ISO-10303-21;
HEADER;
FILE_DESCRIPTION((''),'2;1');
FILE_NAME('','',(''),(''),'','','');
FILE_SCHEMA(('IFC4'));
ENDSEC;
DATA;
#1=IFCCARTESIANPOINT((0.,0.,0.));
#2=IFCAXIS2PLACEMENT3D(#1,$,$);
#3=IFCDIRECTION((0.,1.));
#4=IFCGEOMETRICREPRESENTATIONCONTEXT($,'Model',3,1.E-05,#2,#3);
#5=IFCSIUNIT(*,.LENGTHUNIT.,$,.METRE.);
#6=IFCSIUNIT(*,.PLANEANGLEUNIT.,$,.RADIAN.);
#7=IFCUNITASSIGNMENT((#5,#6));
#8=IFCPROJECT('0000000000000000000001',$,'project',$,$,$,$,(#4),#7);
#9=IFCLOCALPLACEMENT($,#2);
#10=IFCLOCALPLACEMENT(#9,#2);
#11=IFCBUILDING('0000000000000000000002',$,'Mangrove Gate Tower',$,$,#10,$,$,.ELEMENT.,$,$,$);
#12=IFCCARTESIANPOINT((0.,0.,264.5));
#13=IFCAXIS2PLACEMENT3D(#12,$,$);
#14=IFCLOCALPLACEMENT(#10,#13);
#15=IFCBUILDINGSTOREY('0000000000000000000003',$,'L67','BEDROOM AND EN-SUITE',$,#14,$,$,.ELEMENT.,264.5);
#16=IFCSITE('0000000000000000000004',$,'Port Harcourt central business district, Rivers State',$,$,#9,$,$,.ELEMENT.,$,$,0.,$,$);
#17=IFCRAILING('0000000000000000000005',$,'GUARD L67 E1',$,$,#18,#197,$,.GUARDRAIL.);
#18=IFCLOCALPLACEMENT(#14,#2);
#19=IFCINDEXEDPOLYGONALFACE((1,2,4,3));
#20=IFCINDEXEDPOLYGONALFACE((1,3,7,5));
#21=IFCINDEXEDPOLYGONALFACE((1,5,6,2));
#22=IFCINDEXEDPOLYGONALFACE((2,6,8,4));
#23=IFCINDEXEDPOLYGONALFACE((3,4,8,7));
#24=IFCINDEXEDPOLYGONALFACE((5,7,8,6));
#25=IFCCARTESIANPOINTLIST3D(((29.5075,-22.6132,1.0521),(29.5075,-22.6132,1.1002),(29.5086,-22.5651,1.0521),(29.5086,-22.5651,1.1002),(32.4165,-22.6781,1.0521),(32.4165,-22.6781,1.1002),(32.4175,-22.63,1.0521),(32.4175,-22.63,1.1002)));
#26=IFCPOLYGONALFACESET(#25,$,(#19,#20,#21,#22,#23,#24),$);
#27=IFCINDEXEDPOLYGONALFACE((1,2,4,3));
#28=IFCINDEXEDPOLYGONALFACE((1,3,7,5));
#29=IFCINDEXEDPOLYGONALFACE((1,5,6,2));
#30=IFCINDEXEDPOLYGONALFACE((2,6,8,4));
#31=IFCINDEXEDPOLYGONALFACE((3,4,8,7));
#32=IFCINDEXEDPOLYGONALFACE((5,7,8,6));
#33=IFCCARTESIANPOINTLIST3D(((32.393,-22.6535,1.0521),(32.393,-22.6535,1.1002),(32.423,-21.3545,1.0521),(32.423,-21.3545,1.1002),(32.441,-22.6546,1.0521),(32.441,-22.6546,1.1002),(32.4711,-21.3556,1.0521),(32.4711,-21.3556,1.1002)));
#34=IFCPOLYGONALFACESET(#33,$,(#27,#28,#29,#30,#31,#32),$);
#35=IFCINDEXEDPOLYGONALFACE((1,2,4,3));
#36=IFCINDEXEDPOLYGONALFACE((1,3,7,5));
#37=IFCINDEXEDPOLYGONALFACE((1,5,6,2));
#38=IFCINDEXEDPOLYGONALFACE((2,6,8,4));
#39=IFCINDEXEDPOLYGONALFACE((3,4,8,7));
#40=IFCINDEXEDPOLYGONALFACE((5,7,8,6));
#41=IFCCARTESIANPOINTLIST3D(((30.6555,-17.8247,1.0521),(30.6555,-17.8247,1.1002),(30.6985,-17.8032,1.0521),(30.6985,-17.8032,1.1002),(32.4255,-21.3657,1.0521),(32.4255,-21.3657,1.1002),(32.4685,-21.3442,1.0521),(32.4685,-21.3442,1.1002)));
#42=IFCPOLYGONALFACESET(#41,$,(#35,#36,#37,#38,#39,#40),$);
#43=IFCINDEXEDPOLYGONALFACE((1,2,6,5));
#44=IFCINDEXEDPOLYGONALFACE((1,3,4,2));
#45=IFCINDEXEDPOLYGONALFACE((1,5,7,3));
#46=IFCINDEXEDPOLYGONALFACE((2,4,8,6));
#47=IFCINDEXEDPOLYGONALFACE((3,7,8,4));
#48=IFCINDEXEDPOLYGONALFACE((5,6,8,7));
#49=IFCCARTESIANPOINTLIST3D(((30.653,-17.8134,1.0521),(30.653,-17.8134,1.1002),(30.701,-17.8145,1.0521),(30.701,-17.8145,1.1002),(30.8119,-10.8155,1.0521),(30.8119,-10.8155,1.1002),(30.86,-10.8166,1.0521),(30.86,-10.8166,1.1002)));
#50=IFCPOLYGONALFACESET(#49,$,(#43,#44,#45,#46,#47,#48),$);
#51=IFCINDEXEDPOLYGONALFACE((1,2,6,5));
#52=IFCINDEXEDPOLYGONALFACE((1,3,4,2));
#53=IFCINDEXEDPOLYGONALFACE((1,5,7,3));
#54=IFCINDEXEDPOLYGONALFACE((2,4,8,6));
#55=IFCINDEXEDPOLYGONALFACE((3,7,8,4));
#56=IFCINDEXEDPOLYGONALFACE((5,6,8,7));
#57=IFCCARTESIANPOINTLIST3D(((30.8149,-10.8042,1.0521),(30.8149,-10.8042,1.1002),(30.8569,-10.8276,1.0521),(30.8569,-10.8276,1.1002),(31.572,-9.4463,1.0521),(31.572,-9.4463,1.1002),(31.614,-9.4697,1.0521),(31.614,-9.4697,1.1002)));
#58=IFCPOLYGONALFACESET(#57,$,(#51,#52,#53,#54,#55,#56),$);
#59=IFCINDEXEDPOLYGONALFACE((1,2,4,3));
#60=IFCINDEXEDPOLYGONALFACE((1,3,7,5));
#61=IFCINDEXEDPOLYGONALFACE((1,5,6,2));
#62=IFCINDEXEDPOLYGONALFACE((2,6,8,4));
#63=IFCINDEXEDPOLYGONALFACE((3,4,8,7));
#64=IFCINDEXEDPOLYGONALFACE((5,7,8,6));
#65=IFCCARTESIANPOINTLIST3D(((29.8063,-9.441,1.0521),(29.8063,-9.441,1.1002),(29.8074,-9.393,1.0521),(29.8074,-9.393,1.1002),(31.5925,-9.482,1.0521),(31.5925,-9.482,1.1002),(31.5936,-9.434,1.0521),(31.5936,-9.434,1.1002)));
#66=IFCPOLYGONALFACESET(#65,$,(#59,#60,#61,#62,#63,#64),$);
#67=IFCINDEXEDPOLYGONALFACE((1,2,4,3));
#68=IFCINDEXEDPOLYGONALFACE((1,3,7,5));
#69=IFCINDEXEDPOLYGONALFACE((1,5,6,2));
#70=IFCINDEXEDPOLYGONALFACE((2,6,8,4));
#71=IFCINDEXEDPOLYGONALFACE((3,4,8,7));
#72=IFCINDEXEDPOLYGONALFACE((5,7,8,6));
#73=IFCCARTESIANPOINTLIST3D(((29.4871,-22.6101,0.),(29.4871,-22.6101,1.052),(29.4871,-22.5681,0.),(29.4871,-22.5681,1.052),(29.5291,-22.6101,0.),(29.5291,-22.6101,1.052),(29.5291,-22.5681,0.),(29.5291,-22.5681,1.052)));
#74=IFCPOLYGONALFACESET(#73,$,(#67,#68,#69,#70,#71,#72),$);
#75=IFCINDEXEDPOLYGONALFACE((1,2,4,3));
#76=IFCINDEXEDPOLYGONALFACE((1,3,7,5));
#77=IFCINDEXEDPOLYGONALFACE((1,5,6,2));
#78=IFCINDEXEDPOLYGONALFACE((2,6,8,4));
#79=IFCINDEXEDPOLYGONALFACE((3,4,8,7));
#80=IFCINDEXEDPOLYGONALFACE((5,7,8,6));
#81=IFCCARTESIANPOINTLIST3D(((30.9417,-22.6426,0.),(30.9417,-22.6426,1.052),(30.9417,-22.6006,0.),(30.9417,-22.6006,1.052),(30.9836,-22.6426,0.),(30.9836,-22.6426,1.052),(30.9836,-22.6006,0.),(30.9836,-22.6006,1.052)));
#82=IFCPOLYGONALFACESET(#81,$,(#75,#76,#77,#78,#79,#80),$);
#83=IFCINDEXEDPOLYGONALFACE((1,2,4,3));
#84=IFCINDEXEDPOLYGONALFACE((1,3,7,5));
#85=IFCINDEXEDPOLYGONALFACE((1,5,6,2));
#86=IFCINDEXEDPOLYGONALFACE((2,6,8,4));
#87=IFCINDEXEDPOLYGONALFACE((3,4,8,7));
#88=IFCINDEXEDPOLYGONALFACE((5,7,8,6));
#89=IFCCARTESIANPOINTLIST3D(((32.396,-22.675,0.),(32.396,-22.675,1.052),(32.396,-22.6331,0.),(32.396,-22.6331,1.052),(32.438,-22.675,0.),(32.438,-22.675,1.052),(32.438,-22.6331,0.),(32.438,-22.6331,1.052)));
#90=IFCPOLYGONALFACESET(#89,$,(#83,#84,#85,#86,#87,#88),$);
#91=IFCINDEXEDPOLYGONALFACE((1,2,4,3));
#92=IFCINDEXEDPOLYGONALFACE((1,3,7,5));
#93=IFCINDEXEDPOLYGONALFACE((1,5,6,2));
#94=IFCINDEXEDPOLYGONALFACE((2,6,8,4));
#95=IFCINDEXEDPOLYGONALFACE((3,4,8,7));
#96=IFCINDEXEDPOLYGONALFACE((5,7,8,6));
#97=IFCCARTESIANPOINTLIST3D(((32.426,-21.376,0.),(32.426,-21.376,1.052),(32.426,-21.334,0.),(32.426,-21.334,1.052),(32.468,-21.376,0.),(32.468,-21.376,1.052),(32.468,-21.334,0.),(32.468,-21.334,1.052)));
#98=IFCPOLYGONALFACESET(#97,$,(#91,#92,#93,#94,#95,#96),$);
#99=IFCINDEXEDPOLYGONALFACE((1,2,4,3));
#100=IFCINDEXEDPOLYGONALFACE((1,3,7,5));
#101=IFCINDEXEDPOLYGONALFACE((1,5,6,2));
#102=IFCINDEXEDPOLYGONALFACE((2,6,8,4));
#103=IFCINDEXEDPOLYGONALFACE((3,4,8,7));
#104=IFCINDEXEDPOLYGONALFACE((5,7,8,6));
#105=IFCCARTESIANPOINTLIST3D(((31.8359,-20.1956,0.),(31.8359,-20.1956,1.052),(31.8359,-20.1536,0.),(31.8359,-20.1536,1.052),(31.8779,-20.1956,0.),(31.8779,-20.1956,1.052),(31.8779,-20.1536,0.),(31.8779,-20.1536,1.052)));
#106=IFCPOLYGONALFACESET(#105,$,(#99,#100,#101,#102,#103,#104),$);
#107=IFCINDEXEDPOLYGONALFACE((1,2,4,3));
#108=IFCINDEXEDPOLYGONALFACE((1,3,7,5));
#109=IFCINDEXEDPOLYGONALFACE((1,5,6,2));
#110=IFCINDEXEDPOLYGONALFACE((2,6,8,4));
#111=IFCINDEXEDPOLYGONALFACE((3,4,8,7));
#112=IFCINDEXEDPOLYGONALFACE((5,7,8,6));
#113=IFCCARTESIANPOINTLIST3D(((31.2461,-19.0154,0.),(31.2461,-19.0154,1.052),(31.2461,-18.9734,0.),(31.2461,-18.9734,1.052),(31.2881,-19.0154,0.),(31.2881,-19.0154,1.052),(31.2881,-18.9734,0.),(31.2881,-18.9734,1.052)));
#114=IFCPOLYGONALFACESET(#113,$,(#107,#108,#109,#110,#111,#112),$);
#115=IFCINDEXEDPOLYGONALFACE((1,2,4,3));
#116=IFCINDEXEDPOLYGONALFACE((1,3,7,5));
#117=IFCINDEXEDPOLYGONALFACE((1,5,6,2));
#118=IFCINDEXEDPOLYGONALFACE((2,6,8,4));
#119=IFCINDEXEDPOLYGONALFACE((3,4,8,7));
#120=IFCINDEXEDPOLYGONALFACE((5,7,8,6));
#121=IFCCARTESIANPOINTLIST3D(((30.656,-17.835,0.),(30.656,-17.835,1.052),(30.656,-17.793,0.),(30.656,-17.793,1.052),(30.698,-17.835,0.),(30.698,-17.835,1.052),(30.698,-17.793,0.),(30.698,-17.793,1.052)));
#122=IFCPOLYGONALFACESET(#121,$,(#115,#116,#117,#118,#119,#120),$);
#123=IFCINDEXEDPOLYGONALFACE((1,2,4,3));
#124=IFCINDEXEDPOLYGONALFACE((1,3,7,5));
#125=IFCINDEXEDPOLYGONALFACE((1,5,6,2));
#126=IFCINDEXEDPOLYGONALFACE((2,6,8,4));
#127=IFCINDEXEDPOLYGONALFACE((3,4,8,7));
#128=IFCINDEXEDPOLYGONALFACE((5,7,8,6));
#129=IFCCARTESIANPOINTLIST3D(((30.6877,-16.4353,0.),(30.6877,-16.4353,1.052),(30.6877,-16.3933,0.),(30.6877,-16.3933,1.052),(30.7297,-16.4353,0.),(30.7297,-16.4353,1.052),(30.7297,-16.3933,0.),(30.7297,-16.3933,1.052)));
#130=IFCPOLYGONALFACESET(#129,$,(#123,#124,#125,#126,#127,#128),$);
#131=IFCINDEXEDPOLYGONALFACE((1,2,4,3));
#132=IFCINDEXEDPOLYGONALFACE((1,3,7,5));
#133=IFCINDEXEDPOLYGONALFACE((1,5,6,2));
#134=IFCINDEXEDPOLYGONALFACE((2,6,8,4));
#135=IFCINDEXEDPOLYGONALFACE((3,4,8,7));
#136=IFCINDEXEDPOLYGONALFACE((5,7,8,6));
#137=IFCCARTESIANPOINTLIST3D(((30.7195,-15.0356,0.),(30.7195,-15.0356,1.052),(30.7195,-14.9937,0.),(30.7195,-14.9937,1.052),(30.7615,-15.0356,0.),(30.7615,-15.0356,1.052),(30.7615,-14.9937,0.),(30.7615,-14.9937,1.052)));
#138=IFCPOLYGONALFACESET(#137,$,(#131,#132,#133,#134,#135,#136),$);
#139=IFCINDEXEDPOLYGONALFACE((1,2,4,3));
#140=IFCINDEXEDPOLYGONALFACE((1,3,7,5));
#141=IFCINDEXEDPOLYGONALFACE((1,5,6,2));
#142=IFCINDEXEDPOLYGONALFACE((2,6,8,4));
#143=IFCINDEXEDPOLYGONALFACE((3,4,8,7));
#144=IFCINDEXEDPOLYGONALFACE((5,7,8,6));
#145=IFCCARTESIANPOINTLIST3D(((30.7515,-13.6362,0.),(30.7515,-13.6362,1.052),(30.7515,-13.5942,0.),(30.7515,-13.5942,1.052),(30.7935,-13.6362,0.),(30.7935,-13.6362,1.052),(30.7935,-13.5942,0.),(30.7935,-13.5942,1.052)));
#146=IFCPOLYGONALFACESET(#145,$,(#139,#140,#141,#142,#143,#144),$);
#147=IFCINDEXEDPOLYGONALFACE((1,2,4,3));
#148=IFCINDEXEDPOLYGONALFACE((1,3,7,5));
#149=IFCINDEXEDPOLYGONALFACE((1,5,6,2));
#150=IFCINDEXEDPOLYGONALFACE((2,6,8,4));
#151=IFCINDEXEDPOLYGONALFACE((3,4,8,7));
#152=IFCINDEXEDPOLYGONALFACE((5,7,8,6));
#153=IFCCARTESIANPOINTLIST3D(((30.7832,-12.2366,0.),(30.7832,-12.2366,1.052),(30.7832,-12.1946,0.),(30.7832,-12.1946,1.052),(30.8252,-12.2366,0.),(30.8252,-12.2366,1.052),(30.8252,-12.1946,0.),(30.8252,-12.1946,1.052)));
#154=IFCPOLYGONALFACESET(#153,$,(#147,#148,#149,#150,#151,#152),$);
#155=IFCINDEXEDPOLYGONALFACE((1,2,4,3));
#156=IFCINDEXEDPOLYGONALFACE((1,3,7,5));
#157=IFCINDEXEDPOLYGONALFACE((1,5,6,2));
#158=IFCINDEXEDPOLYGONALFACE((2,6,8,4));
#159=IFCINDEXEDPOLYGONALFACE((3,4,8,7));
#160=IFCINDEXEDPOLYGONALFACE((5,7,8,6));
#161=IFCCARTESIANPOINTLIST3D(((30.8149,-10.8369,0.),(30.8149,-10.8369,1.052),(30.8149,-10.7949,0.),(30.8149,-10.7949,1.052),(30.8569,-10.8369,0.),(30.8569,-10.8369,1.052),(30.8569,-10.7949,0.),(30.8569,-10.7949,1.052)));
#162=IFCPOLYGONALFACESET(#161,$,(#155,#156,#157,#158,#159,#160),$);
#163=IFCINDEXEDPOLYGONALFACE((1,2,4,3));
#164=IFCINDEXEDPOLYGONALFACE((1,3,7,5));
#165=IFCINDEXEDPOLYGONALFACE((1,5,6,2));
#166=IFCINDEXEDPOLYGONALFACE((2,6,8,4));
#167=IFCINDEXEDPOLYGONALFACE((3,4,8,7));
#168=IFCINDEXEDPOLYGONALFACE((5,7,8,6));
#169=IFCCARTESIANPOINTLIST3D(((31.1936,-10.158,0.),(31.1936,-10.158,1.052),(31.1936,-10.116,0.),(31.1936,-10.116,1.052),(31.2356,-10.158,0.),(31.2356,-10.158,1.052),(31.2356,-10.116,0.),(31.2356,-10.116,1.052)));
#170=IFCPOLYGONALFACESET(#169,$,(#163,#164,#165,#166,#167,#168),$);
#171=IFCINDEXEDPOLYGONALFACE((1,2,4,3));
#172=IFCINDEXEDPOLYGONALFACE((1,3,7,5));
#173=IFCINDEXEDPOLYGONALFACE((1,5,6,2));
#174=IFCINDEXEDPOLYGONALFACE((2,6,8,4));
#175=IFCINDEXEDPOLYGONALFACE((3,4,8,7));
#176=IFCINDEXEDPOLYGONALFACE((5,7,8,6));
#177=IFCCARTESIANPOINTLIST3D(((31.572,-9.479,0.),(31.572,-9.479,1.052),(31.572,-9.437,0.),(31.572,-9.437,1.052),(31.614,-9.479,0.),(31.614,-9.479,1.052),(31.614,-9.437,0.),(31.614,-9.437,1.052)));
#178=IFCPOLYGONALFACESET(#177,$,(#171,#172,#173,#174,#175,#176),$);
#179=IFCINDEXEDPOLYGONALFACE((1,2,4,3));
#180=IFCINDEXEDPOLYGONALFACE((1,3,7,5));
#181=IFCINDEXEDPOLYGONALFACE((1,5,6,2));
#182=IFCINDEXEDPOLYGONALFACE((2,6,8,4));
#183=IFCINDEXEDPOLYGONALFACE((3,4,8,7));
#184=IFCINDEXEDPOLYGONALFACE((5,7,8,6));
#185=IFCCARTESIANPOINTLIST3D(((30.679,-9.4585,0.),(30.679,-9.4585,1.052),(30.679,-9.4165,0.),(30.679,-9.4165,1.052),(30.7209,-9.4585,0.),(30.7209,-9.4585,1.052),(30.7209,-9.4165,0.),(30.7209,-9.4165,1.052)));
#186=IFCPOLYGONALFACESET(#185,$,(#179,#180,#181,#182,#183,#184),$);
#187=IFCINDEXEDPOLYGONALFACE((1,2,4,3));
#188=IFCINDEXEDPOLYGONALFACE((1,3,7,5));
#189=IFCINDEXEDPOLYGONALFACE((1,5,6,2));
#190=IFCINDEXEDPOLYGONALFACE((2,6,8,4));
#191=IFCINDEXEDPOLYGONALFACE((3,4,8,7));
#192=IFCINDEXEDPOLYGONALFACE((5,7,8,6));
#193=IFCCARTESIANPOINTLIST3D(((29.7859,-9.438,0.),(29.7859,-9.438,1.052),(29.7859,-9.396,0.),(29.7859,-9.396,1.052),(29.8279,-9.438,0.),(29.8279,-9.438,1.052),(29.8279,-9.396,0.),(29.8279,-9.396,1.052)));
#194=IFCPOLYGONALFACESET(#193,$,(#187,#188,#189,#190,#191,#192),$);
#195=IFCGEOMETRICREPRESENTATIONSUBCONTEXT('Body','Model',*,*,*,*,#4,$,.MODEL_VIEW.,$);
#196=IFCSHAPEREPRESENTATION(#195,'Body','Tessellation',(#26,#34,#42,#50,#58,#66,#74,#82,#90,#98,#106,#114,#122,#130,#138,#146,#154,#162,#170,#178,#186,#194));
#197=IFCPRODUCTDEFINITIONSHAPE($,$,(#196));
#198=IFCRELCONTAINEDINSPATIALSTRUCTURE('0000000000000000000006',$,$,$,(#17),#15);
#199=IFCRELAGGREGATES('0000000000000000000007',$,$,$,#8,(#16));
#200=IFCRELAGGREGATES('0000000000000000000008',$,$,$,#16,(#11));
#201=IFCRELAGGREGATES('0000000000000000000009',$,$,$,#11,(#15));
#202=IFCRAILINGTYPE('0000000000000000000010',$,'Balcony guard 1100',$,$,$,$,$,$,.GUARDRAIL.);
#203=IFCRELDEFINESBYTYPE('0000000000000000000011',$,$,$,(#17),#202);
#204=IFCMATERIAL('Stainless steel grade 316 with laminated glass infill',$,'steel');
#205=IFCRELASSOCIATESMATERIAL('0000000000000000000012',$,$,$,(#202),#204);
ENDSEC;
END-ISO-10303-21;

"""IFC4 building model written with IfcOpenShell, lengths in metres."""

from ifc_helpers import new_model, si_unit, direction, frame, origin, origin_2d, place, context, subcontext, project, spatial, rectangle, extrude, material, type_object, element, save


model = new_model("IFC4")

# Units and contexts
model_context = context("Model", 3, precision=1e-05, world=origin(), true_north=direction((0.0, 1.0)))
body_context = subcontext(model_context, "Body", "Model", "MODEL_VIEW")
ifc_project = project(units=[si_unit("LENGTHUNIT", "METRE"), si_unit("PLANEANGLEUNIT", "RADIAN")], contexts=[model_context])

# Site, building, storey
site_placement = place(None, origin())
site = spatial("IfcSite", under=ifc_project, at=site_placement, Name="Port Harcourt central business district, Rivers State", CompositionType="ELEMENT", RefElevation=0.0)
building_placement = place(site_placement, origin())
building = spatial("IfcBuilding", under=site, at=building_placement, Name="Mangrove Gate Tower", CompositionType="ELEMENT")
storey_placement = place(building_placement, frame((0.0, 0.0, 264.5)))
storey = spatial("IfcBuildingStorey", under=building, at=storey_placement, Name="L67", Description="BEDROOM AND EN-SUITE", CompositionType="ELEMENT", Elevation=264.5)

# Railing
ifc_material_1 = material(Name="Stainless steel grade 316 with laminated glass infill", Category="steel")
railing_type = type_object("IfcRailingType", Name="Balcony guard 1100", PredefinedType="GUARDRAIL", material=ifc_material_1)
railing_placement = place(storey_placement, frame((29.5081, -22.5891, 0.0)))
element("IfcRailing", 1, at=railing_placement, inside=storey, type_object=railing_type, Name="GUARD L67 E1", PredefinedType="GUARDRAIL", context=body_context, shape_type="SweptSolid", body=[
    extrude(rectangle(XDim=0.0481, YDim=0.0481, at=origin_2d()), frame((0.0, 0.0, 1.0762), z_axis=(0.999751, -0.022319, 0.0), x_axis=(0.022319, 0.999751, 0.0)), (0.0, 0.0, 1.0), 2.9097),
    extrude(rectangle(XDim=0.0481, YDim=0.0481, at=origin_2d()), frame((2.9089, -0.0649, 1.0762), z_axis=(0.02311, 0.999733, 0.0), x_axis=(-0.999733, 0.02311, 0.0)), (0.0, 0.0, 1.0), 1.2993),
    extrude(rectangle(XDim=0.0481, YDim=0.0481, at=origin_2d()), frame((2.939, 1.2341, 1.0762), z_axis=(-0.447115, 0.894477, 0.0), x_axis=(-0.894477, -0.447115, 0.0)), (0.0, 0.0, 1.0), 3.9587),
    extrude(rectangle(XDim=0.0481, YDim=0.0481, at=origin_2d()), frame((1.1689, 4.7751, 1.0762), z_axis=(0.022706, 0.999742, 0.0), x_axis=(-0.999742, 0.022706, 0.0)), (0.0, 0.0, 1.0), 6.9998),
    extrude(rectangle(XDim=0.0481, YDim=0.0481, at=origin_2d()), frame((1.3279, 11.7732, 1.0762), z_axis=(0.486962, 0.873423, 0.0), x_axis=(-0.873423, 0.486962, 0.0)), (0.0, 0.0, 1.0), 1.5547),
    extrude(rectangle(XDim=0.0481, YDim=0.0481, at=origin_2d()), frame((2.085, 13.1311, 1.0762), z_axis=(-0.999736, 0.022957, 0.0), x_axis=(-0.022957, -0.999736, 0.0)), (0.0, 0.0, 1.0), 1.7866),
    extrude(rectangle(XDim=0.042, YDim=0.042, at=origin_2d()), origin(), (0.0, 0.0, 1.0), 1.052),
    extrude(rectangle(XDim=0.042, YDim=0.042, at=origin_2d()), frame((1.4546, -0.0325, 0.0)), (0.0, 0.0, 1.0), 1.052),
    extrude(rectangle(XDim=0.042, YDim=0.042, at=origin_2d()), frame((2.9089, -0.0649, 0.0)), (0.0, 0.0, 1.0), 1.052),
    extrude(rectangle(XDim=0.042, YDim=0.042, at=origin_2d()), frame((2.939, 1.2341, 0.0)), (0.0, 0.0, 1.0), 1.052),
    extrude(rectangle(XDim=0.042, YDim=0.042, at=origin_2d()), frame((2.3489, 2.4146, 0.0)), (0.0, 0.0, 1.0), 1.052),
    extrude(rectangle(XDim=0.042, YDim=0.042, at=origin_2d()), frame((1.759, 3.5947, 0.0)), (0.0, 0.0, 1.0), 1.052),
    extrude(rectangle(XDim=0.042, YDim=0.042, at=origin_2d()), frame((1.1689, 4.7751, 0.0)), (0.0, 0.0, 1.0), 1.052),
    extrude(rectangle(XDim=0.042, YDim=0.042, at=origin_2d()), frame((1.2007, 6.1748, 0.0)), (0.0, 0.0, 1.0), 1.052),
    extrude(rectangle(XDim=0.042, YDim=0.042, at=origin_2d()), frame((1.2324, 7.5745, 0.0)), (0.0, 0.0, 1.0), 1.052),
    extrude(rectangle(XDim=0.042, YDim=0.042, at=origin_2d()), frame((1.2644, 8.9739, 0.0)), (0.0, 0.0, 1.0), 1.052),
    extrude(rectangle(XDim=0.042, YDim=0.042, at=origin_2d()), frame((1.2961, 10.3735, 0.0)), (0.0, 0.0, 1.0), 1.052),
    extrude(rectangle(XDim=0.042, YDim=0.042, at=origin_2d()), frame((1.3279, 11.7732, 0.0)), (0.0, 0.0, 1.0), 1.052),
    extrude(rectangle(XDim=0.042, YDim=0.042, at=origin_2d()), frame((1.7065, 12.4521, 0.0)), (0.0, 0.0, 1.0), 1.052),
    extrude(rectangle(XDim=0.042, YDim=0.042, at=origin_2d()), frame((2.085, 13.1311, 0.0)), (0.0, 0.0, 1.0), 1.052),
    extrude(rectangle(XDim=0.042, YDim=0.042, at=origin_2d()), frame((1.1919, 13.1516, 0.0)), (0.0, 0.0, 1.0), 1.052),
    extrude(rectangle(XDim=0.042, YDim=0.042, at=origin_2d()), frame((0.2988, 13.1721, 0.0)), (0.0, 0.0, 1.0), 1.052),
])

save(model, "model.ifc")
